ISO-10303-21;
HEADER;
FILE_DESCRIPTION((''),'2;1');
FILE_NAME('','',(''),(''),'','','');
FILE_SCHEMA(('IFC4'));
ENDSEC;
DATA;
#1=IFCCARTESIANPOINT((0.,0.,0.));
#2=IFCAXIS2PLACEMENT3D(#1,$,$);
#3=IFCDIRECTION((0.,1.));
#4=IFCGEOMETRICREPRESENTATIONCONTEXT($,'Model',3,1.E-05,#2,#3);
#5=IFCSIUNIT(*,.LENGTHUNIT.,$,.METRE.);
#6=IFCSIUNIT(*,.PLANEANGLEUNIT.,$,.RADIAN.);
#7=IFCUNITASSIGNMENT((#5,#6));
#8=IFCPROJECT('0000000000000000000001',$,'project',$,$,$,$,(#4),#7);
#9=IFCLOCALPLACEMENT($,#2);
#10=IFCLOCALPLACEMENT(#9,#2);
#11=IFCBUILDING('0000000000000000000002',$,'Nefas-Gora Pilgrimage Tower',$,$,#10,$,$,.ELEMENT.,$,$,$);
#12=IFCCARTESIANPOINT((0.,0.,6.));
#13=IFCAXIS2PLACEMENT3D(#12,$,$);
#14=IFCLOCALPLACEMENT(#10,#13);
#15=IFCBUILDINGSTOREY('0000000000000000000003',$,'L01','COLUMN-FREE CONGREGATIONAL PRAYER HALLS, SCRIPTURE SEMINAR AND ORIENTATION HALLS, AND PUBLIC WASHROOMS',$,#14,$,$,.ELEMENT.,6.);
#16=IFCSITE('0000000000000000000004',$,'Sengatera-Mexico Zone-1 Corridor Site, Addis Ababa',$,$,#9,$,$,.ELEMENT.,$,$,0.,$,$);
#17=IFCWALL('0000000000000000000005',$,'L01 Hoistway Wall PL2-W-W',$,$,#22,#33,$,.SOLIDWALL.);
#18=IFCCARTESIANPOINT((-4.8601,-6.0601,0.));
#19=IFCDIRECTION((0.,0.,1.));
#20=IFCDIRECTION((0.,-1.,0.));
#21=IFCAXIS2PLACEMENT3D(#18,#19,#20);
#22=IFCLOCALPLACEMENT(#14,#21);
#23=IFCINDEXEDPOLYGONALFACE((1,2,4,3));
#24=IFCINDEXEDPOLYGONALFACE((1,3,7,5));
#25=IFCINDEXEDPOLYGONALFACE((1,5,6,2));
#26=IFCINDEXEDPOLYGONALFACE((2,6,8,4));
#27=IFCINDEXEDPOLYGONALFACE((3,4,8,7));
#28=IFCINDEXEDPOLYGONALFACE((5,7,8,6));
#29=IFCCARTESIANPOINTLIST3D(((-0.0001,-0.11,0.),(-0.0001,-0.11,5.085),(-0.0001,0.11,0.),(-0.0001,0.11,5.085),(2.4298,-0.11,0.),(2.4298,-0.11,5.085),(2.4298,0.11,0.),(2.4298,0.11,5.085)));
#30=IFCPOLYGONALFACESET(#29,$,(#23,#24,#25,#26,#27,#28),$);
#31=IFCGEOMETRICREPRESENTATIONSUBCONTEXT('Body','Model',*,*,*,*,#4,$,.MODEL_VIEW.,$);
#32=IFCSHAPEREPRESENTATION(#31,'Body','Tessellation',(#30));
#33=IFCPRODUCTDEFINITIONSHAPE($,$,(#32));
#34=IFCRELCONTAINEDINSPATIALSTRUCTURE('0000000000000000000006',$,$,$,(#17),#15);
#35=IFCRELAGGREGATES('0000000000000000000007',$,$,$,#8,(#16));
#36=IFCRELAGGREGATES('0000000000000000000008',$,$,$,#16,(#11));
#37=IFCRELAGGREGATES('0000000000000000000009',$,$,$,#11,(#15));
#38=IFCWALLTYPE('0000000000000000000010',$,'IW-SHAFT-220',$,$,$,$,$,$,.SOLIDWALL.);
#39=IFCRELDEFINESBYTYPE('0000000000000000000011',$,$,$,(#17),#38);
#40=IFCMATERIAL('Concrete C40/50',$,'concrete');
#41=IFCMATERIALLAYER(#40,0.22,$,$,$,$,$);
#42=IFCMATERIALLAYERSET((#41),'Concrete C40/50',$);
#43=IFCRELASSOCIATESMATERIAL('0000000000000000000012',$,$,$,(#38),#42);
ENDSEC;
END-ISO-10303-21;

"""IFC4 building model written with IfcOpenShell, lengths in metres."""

from ifc_helpers import new_model, si_unit, direction, frame, frame_2d, origin, place, context, subcontext, project, spatial, rectangle, extrude, source, transform, mapped, material, layer, layer_set, type_object, element, save


model = new_model("IFC4")

# Units and contexts
model_context = context("Model", 3, precision=1e-05, world=origin(), true_north=direction((0.0, 1.0)))
body_context = subcontext(model_context, "Body", "Model", "MODEL_VIEW")
ifc_project = project(units=[si_unit("LENGTHUNIT", "METRE"), si_unit("PLANEANGLEUNIT", "RADIAN")], contexts=[model_context])

# Site, building, storey
site_placement = place(None, origin())
site = spatial("IfcSite", under=ifc_project, at=site_placement, Name="Sengatera-Mexico Zone-1 Corridor Site, Addis Ababa", CompositionType="ELEMENT", RefElevation=0.0)
building_placement = place(site_placement, origin())
building = spatial("IfcBuilding", under=site, at=building_placement, Name="Nefas-Gora Pilgrimage Tower", CompositionType="ELEMENT")
storey_placement = place(building_placement, frame((0.0, 0.0, 6.0)))
storey = spatial("IfcBuildingStorey", under=building, at=storey_placement, Name="L01", Description="COLUMN-FREE CONGREGATIONAL PRAYER HALLS, SCRIPTURE SEMINAR AND ORIENTATION HALLS, AND PUBLIC WASHROOMS", CompositionType="ELEMENT", Elevation=6.0)

# Wall
ifc_material_1 = material(Name="Concrete C40/50", Category="concrete")
ifc_layer_1 = layer(ifc_material_1, 0.22)
ifc_layer_set_1 = layer_set([ifc_layer_1], Name="Concrete C40/50")
wall_type_1 = type_object("IfcWallType", Name="IW-SHAFT-220", PredefinedType="SOLIDWALL", material=ifc_layer_set_1)
shared_shape_1 = source(origin(), body_context, "Body", "SweptSolid", [
    extrude(rectangle(XDim=2.4299, YDim=0.22, at=frame_2d((1.2148, 0.0))), origin(), (0.0, 0.0, 1.0), 5.085),
])
wall_1_placement = place(storey_placement, frame((-4.8601, -6.0601, 0.0), z_axis=(0.0, 0.0, 1.0), x_axis=(0.0, -1.0, 0.0)))
element("IfcWall", 1, at=wall_1_placement, inside=storey, type_object=wall_type_1, Name="L01 Hoistway Wall PL2-W-W", PredefinedType="SOLIDWALL", context=body_context, shape_type="MappedRepresentation", body=[
    mapped(shared_shape_1, transform((0.0, 0.0, 0.0), x_axis=(1.0, 0.0, 0.0), y_axis=(0.0, 1.0, 0.0), z_axis=(0.0, 0.0, 1.0), scale=1.0)),
])

save(model, "model.ifc")
